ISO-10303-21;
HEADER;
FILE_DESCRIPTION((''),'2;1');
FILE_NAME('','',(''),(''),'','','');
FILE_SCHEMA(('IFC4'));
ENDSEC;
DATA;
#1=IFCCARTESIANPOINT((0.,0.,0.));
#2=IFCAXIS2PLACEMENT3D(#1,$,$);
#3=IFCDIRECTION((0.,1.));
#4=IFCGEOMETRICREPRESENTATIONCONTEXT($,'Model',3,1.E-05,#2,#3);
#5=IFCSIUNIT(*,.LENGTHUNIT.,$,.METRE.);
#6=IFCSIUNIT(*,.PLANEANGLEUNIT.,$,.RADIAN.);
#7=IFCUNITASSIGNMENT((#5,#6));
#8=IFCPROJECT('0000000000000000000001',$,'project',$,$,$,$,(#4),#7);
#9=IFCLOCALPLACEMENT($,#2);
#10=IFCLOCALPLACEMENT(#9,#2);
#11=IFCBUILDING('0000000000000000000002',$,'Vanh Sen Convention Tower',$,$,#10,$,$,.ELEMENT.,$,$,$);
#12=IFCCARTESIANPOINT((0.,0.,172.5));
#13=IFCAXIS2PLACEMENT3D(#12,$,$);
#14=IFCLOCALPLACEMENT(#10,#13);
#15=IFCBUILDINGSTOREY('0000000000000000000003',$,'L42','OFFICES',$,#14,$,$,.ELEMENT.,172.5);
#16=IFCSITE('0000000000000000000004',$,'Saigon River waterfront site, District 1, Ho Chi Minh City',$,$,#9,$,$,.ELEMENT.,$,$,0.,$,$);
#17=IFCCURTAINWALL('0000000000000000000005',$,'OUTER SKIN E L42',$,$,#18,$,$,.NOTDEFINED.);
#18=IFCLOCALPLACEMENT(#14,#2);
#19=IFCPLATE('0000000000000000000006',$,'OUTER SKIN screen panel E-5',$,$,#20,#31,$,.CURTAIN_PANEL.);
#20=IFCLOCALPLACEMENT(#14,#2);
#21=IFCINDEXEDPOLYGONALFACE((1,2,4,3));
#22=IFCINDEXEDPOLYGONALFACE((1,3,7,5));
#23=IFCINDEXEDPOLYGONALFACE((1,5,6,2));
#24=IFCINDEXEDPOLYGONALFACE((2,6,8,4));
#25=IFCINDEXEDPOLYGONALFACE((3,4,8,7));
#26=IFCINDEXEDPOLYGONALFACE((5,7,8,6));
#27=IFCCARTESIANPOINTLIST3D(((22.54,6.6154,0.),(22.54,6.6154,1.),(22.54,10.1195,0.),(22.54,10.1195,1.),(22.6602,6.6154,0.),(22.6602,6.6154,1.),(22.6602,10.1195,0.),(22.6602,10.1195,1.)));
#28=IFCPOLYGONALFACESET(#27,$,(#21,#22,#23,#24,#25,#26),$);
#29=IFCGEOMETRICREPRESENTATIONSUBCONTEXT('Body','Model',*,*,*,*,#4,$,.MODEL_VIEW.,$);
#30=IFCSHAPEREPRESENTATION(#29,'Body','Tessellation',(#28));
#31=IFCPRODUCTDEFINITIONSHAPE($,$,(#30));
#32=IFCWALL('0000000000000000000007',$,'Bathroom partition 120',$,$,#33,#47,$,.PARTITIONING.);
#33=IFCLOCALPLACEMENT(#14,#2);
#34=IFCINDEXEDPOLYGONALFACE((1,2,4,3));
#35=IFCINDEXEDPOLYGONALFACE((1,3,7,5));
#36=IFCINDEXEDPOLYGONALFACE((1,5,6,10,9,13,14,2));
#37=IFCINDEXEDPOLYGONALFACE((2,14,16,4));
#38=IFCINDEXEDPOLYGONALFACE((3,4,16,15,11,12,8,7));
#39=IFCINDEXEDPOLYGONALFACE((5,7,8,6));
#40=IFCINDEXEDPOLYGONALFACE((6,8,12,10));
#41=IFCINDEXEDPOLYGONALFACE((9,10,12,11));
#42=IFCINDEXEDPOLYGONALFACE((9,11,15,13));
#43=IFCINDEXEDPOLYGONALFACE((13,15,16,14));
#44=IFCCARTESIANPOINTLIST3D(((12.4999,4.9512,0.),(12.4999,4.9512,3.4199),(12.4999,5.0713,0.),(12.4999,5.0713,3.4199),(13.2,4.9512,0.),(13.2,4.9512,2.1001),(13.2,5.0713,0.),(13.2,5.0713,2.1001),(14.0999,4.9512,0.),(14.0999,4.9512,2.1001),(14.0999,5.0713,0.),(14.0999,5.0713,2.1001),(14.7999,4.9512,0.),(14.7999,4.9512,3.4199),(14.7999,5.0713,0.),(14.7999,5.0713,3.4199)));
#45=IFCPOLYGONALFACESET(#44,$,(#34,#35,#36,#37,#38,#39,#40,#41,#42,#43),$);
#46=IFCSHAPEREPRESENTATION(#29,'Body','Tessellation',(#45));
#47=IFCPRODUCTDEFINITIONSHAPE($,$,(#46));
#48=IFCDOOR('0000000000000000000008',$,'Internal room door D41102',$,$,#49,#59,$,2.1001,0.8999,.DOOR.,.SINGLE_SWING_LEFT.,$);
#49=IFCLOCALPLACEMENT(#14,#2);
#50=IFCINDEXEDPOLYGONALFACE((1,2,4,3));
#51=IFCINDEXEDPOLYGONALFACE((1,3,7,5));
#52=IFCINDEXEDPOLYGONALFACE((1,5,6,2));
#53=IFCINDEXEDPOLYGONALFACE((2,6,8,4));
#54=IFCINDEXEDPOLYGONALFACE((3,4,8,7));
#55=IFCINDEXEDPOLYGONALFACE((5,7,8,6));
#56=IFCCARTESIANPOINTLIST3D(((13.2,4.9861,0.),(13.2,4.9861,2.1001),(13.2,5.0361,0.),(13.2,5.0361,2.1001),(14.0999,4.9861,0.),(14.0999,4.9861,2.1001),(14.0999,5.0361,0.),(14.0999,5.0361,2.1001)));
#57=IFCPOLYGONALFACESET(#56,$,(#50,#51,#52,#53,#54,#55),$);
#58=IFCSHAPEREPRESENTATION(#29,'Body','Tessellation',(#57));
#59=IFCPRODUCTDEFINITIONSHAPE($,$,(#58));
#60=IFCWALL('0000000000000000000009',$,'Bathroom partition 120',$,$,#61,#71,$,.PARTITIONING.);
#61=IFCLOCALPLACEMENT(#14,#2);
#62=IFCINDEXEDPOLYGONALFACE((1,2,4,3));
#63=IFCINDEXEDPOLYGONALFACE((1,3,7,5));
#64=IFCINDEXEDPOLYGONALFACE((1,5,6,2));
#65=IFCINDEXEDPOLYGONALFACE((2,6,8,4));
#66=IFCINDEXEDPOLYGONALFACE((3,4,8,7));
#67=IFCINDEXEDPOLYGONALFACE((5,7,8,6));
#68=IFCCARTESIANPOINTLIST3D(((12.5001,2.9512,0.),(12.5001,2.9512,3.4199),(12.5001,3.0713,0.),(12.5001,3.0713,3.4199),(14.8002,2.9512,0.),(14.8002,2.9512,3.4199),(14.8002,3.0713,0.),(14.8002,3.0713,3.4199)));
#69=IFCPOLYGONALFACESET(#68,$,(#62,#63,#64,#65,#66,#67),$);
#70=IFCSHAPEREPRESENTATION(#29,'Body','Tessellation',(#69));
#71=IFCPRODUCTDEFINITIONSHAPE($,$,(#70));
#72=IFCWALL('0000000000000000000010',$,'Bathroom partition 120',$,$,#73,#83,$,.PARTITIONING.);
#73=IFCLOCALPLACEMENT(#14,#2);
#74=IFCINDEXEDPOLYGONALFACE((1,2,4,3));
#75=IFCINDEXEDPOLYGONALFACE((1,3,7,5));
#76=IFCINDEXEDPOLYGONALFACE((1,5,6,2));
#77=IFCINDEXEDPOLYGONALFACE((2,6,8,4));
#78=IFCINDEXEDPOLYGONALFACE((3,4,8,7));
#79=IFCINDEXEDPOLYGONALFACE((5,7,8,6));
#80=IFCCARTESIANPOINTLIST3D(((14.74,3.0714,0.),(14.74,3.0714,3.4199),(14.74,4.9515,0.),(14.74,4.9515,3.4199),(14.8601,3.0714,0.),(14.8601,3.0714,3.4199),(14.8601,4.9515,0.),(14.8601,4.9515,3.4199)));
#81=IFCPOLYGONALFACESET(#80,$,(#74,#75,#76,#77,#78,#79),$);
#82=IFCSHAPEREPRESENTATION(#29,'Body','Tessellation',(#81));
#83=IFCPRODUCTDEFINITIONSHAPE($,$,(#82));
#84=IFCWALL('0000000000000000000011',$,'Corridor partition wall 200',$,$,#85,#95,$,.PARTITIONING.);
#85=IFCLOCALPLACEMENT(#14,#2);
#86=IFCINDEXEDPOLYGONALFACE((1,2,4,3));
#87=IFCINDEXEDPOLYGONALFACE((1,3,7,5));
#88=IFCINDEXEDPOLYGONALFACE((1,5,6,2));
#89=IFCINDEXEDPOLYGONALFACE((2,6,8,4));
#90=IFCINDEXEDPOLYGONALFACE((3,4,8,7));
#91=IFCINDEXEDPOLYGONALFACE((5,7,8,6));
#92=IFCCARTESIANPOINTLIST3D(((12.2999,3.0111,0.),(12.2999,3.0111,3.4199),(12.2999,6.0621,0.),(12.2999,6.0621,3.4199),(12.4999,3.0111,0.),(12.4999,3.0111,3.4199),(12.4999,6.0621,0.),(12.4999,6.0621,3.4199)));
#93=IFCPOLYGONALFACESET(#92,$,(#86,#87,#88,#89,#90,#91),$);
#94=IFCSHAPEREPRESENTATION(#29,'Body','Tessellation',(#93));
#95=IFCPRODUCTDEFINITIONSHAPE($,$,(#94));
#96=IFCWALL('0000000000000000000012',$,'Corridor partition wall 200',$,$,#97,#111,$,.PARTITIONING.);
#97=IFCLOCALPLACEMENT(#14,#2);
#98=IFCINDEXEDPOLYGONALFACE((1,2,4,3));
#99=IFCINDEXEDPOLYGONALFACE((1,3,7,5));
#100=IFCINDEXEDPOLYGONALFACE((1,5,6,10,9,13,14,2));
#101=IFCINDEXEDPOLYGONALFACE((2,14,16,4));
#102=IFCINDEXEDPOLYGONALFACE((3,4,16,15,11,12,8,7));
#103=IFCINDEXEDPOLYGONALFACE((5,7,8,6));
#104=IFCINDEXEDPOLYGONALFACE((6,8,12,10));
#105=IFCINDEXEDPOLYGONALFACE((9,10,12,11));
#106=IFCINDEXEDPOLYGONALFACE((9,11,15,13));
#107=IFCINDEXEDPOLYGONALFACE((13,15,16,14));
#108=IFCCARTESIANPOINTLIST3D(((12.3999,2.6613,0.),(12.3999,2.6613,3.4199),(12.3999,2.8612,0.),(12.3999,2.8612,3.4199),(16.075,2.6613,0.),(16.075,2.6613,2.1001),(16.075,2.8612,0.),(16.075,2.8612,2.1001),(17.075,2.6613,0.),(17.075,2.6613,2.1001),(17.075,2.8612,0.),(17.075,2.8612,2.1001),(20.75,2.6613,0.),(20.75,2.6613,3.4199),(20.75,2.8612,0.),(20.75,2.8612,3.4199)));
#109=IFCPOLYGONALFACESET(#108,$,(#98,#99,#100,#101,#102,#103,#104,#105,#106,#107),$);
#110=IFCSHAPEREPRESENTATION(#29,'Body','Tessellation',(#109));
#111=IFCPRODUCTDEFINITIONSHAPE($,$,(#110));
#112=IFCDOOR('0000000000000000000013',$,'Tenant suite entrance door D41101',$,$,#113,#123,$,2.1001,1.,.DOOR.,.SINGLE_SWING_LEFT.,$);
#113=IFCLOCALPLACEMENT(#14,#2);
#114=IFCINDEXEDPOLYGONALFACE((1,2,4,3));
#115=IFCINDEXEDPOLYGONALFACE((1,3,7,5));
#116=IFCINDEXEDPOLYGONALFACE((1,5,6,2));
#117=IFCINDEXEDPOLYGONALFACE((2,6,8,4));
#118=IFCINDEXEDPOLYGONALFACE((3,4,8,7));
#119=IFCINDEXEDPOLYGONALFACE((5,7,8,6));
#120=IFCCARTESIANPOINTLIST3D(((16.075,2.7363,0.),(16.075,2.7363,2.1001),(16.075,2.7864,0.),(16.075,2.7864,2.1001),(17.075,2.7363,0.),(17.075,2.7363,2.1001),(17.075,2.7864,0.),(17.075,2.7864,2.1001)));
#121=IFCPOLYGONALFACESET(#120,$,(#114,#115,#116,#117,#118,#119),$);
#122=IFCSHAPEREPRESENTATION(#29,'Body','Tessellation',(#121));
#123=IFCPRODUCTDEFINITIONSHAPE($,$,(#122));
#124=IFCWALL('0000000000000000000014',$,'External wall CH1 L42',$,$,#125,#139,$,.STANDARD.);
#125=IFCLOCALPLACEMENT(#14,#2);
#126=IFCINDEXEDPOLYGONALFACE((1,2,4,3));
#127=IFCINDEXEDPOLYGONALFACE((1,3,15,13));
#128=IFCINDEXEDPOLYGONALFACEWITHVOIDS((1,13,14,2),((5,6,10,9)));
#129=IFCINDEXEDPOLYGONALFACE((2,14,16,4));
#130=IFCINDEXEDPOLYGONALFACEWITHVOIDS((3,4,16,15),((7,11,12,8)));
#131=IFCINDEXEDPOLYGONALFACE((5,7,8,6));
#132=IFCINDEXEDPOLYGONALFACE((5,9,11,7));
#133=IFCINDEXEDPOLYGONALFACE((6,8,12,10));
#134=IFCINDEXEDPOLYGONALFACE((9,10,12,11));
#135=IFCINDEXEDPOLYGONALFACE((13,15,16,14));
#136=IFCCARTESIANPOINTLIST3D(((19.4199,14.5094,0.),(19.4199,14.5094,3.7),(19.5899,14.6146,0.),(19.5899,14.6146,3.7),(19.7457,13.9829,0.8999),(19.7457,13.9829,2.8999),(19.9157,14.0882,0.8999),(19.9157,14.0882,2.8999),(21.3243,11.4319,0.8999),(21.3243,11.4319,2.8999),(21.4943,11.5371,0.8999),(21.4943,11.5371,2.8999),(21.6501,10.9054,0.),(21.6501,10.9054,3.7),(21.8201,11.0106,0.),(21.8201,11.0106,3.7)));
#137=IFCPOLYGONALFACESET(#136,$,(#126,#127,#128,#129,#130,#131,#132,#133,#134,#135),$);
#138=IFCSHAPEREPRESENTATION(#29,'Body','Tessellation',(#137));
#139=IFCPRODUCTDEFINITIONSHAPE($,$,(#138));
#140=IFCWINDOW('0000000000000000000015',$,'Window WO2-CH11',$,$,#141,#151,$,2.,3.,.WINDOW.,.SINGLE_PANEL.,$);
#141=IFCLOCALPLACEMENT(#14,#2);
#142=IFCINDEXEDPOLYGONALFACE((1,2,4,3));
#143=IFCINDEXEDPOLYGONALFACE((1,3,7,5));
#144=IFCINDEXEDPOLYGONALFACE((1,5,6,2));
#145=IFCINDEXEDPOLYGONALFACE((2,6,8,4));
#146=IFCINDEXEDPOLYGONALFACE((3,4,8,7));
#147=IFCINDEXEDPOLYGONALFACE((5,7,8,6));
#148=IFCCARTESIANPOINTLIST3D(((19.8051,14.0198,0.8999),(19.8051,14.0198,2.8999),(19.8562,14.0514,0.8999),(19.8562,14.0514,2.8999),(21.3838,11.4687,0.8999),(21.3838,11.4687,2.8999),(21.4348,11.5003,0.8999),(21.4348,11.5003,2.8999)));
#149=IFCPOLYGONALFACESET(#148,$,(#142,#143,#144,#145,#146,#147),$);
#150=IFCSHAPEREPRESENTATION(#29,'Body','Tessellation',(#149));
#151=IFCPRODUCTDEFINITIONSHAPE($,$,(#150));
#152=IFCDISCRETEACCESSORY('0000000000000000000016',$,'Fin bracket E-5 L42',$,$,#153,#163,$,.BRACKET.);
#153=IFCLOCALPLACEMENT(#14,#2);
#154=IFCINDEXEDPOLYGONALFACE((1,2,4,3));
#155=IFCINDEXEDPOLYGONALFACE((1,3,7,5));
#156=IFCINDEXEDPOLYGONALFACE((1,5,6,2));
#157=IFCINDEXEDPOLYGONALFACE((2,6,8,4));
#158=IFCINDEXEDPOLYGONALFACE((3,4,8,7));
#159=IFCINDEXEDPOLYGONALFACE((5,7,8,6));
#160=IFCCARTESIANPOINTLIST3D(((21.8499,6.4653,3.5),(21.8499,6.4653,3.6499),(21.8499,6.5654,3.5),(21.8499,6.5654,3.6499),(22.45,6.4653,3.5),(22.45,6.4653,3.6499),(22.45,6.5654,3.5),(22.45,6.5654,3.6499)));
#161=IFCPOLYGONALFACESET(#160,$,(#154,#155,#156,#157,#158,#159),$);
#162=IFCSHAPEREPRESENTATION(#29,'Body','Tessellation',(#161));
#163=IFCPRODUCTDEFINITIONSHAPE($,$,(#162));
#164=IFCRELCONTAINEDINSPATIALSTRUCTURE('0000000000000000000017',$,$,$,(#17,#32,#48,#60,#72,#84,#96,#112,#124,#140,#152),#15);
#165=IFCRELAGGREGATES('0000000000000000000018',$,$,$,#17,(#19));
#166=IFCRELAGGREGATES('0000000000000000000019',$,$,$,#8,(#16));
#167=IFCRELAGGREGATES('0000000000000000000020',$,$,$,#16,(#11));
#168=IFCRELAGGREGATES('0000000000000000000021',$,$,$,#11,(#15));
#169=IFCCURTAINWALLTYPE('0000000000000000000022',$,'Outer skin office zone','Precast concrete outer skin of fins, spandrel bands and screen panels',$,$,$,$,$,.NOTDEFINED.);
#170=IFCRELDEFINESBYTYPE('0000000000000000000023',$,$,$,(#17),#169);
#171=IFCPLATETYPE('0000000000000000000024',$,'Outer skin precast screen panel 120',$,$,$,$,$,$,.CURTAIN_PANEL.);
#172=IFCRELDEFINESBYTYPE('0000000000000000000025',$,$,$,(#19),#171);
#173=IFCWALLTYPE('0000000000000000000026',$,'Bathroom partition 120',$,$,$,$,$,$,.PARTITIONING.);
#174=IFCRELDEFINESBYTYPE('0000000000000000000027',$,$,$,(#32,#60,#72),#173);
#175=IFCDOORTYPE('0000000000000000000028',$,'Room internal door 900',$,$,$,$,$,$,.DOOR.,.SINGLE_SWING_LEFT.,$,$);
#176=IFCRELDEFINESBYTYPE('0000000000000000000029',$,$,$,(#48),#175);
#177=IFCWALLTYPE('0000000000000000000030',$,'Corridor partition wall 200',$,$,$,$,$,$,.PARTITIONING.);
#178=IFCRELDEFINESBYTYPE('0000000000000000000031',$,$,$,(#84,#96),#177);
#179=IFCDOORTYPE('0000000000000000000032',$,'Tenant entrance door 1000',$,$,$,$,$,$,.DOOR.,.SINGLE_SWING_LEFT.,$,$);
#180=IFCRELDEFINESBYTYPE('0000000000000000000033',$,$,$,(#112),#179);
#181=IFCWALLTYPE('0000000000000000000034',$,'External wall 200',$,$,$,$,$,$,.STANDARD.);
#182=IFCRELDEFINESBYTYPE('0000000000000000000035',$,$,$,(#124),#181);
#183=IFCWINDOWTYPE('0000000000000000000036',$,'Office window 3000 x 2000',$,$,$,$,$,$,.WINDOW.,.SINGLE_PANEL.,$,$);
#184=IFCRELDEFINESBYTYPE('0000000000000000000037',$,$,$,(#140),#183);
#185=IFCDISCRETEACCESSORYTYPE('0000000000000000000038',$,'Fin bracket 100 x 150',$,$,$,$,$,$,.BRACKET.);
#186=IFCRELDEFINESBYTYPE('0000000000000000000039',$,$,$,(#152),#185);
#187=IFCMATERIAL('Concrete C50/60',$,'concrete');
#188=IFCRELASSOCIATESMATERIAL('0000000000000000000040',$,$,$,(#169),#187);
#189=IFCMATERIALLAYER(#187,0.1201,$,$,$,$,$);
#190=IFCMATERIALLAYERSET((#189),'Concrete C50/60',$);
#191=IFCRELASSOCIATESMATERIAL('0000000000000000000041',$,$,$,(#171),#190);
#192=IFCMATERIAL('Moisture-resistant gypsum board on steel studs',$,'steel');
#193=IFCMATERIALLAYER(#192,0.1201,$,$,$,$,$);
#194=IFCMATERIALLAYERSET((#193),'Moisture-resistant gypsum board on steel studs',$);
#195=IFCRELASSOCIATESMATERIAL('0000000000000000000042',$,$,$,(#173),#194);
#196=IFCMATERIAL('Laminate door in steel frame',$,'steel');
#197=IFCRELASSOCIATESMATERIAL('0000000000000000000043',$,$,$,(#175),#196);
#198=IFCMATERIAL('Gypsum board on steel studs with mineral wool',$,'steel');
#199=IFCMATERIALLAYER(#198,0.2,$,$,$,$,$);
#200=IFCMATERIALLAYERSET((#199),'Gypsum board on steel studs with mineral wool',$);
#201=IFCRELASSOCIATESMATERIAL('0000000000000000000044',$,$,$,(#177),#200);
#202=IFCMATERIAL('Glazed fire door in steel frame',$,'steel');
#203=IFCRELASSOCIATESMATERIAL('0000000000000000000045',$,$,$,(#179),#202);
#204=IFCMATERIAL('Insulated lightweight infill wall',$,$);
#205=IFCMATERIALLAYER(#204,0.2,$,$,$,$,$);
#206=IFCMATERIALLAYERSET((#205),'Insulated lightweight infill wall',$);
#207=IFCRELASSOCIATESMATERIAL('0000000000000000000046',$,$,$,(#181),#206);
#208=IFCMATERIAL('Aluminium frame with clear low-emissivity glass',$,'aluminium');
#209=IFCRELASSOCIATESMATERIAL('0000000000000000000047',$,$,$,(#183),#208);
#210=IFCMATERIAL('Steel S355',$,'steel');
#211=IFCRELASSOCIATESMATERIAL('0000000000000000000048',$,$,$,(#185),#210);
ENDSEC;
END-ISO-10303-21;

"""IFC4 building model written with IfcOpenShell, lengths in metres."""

from ifc_helpers import new_model, si_unit, direction, frame, frame_2d, origin, origin_2d, place, context, subcontext, project, spatial, rectangle, extrude, material, layer, layer_set, type_object, element, fill, aggregate, save


model = new_model("IFC4")

# Units and contexts
model_context = context("Model", 3, precision=1e-05, world=origin(), true_north=direction((0.0, 1.0)))
body_context = subcontext(model_context, "Body", "Model", "MODEL_VIEW")
ifc_project = project(units=[si_unit("LENGTHUNIT", "METRE"), si_unit("PLANEANGLEUNIT", "RADIAN")], contexts=[model_context])

# Site, building, storey
site_placement = place(None, origin())
site = spatial("IfcSite", under=ifc_project, at=site_placement, Name="Saigon River waterfront site, District 1, Ho Chi Minh City", CompositionType="ELEMENT", RefElevation=0.0)
building_placement = place(site_placement, origin())
building = spatial("IfcBuilding", under=site, at=building_placement, Name="Vanh Sen Convention Tower", CompositionType="ELEMENT")
storey_placement = place(building_placement, frame((0.0, 0.0, 172.5)))
storey = spatial("IfcBuildingStorey", under=building, at=storey_placement, Name="L42", Description="OFFICES", CompositionType="ELEMENT", Elevation=172.5)

# Curtain wall
ifc_material_1 = material(Name="Concrete C50/60", Category="concrete")
curtain_wall_type = type_object("IfcCurtainWallType", Name="Outer skin office zone", Description="Precast concrete outer skin of fins, spandrel bands and screen panels", PredefinedType="NOTDEFINED", material=ifc_material_1)
curtain_wall_1_placement = place(storey_placement, origin())
curtain_wall_1 = element("IfcCurtainWall", 1, at=curtain_wall_1_placement, inside=storey, type_object=curtain_wall_type, Name="OUTER SKIN E L42", PredefinedType="NOTDEFINED")

# Plate
ifc_layer_1 = layer(ifc_material_1, 0.1201)
ifc_layer_set_1 = layer_set([ifc_layer_1], Name="Concrete C50/60")
plate_type = type_object("IfcPlateType", Name="Outer skin precast screen panel 120", PredefinedType="CURTAIN_PANEL", material=ifc_layer_set_1)
plate_1_placement = place(storey_placement, frame((22.6001, 8.3674, 0.0), z_axis=(0.0, 0.0, 1.0), x_axis=(0.0, 1.0, 0.0)))
plate_1 = element("IfcPlate", 2, at=plate_1_placement, type_object=plate_type, Name="OUTER SKIN screen panel E-5", PredefinedType="CURTAIN_PANEL", context=body_context, shape_type="SweptSolid", body=[
    extrude(rectangle(XDim=3.5042, YDim=0.1201, at=origin_2d()), origin(), (0.0, 0.0, 1.0), 1.0),
])
aggregate(curtain_wall_1, [plate_1])

# Wall, opening, door
ifc_material_2 = material(Name="Moisture-resistant gypsum board on steel studs", Category="steel")
ifc_layer_2 = layer(ifc_material_2, 0.1201)
ifc_layer_set_2 = layer_set([ifc_layer_2], Name="Moisture-resistant gypsum board on steel studs")
wall_type_1 = type_object("IfcWallType", Name="Bathroom partition 120", PredefinedType="PARTITIONING", material=ifc_layer_set_2)
wall_1_placement = place(storey_placement, frame((12.5, 5.0112, 0.0), z_axis=(0.0, 0.0, 1.0), x_axis=(1.0, 0.0, 0.0)))
wall_1 = element("IfcWall", 3, at=wall_1_placement, inside=storey, type_object=wall_type_1, Name="Bathroom partition 120", PredefinedType="PARTITIONING", context=body_context, shape_type="SweptSolid", body=[
    extrude(rectangle(XDim=2.3, YDim=0.1201, at=frame_2d((1.1499, 0.0))), origin(), (0.0, 0.0, 1.0), 3.4199),
])
opening_1_placement = place(wall_1_placement, frame((0.7, 0.0, 0.0)))
opening_1 = element("IfcOpeningElement", 4, at=opening_1_placement, cuts=wall_1, PredefinedType="OPENING", context=body_context, shape_type="SweptSolid", body=[
    extrude(rectangle(XDim=0.8999, YDim=2.1001, at=frame_2d((0.45, 1.05))), frame((0.0, 0.0701, 0.0), z_axis=(0.0, -1.0, 0.0), x_axis=(1.0, 0.0, 0.0)), (0.0, 0.0, 1.0), 0.1401),
])
ifc_material_3 = material(Name="Laminate door in steel frame", Category="steel")
door_type_1 = type_object("IfcDoorType", Name="Room internal door 900", OperationType="SINGLE_SWING_LEFT", PredefinedType="DOOR", material=ifc_material_3)
door_1_placement = place(opening_1_placement, origin())
door_1 = element("IfcDoor", 5, at=door_1_placement, inside=storey, type_object=door_type_1, Name="Internal room door D41102", OperationType="SINGLE_SWING_LEFT", OverallHeight=2.1001, OverallWidth=0.8999, PredefinedType="DOOR", context=body_context, shape_type="SweptSolid", body=[
    extrude(rectangle(XDim=0.8999, YDim=2.1001, at=frame_2d((0.45, 1.05))), frame((0.0, 0.0249, 0.0), z_axis=(0.0, -1.0, 0.0), x_axis=(1.0, 0.0, 0.0)), (0.0, 0.0, 1.0), 0.05),
])
fill(opening_1, door_1)

# Walls
wall_2_placement = place(storey_placement, frame((14.8, 3.0112, 0.0), z_axis=(0.0, 0.0, 1.0), x_axis=(-1.0, 0.0, 0.0)))
element("IfcWall", 6, at=wall_2_placement, inside=storey, type_object=wall_type_1, Name="Bathroom partition 120", PredefinedType="PARTITIONING", context=body_context, shape_type="SweptSolid", body=[
    extrude(rectangle(XDim=2.3, YDim=0.1201, at=frame_2d((1.1499, 0.0))), origin(), (0.0, 0.0, 1.0), 3.4199),
])
wall_3_placement = place(storey_placement, frame((14.8, 4.9514, 0.0), z_axis=(0.0, 0.0, 1.0), x_axis=(0.0, -1.0, 0.0)))
element("IfcWall", 7, at=wall_3_placement, inside=storey, type_object=wall_type_1, Name="Bathroom partition 120", PredefinedType="PARTITIONING", context=body_context, shape_type="SweptSolid", body=[
    extrude(rectangle(XDim=1.8801, YDim=0.1201, at=frame_2d((0.9399, 0.0))), origin(), (0.0, 0.0, 1.0), 3.4199),
])
ifc_material_4 = material(Name="Gypsum board on steel studs with mineral wool", Category="steel")
ifc_layer_3 = layer(ifc_material_4, 0.2)
ifc_layer_set_3 = layer_set([ifc_layer_3], Name="Gypsum board on steel studs with mineral wool")
wall_type_2 = type_object("IfcWallType", Name="Corridor partition wall 200", PredefinedType="PARTITIONING", material=ifc_layer_set_3)
wall_4_placement = place(storey_placement, frame((12.3999, 3.0112, 0.0), z_axis=(0.0, 0.0, 1.0), x_axis=(0.0, 1.0, 0.0)))
element("IfcWall", 8, at=wall_4_placement, inside=storey, type_object=wall_type_2, Name="Corridor partition wall 200", PredefinedType="PARTITIONING", context=body_context, shape_type="SweptSolid", body=[
    extrude(rectangle(XDim=3.051, YDim=0.2, at=frame_2d((1.5254, 0.0))), origin(), (0.0, 0.0, 1.0), 3.4199),
])

# Wall, opening, door
wall_5_placement = place(storey_placement, frame((20.75, 2.7612, 0.0), z_axis=(0.0, 0.0, 1.0), x_axis=(-1.0, 0.0, 0.0)))
wall_5 = element("IfcWall", 9, at=wall_5_placement, inside=storey, type_object=wall_type_2, Name="Corridor partition wall 200", PredefinedType="PARTITIONING", context=body_context, shape_type="SweptSolid", body=[
    extrude(rectangle(XDim=8.3501, YDim=0.2, at=frame_2d((4.175, 0.0))), origin(), (0.0, 0.0, 1.0), 3.4199),
])
opening_2_placement = place(wall_5_placement, frame((3.675, 0.0, 0.0)))
opening_2 = element("IfcOpeningElement", 10, at=opening_2_placement, cuts=wall_5, PredefinedType="OPENING", context=body_context, shape_type="SweptSolid", body=[
    extrude(rectangle(XDim=1.0, YDim=2.1001, at=frame_2d((0.5, 1.05))), frame((0.0, 0.1099, 0.0), z_axis=(0.0, -1.0, 0.0), x_axis=(1.0, 0.0, 0.0)), (0.0, 0.0, 1.0), 0.22),
])
ifc_material_5 = material(Name="Glazed fire door in steel frame", Category="steel")
door_type_2 = type_object("IfcDoorType", Name="Tenant entrance door 1000", OperationType="SINGLE_SWING_LEFT", PredefinedType="DOOR", material=ifc_material_5)
door_2_placement = place(opening_2_placement, origin())
door_2 = element("IfcDoor", 11, at=door_2_placement, inside=storey, type_object=door_type_2, Name="Tenant suite entrance door D41101", OperationType="SINGLE_SWING_LEFT", OverallHeight=2.1001, OverallWidth=1.0, PredefinedType="DOOR", context=body_context, shape_type="SweptSolid", body=[
    extrude(rectangle(XDim=1.0, YDim=2.1001, at=frame_2d((0.5, 1.05))), frame((0.0, 0.0249, 0.0), z_axis=(0.0, -1.0, 0.0), x_axis=(1.0, 0.0, 0.0)), (0.0, 0.0, 1.0), 0.05),
])
fill(opening_2, door_2)

# Wall, opening, window
ifc_material_6 = material(Name="Insulated lightweight infill wall")
ifc_layer_4 = layer(ifc_material_6, 0.2)
ifc_layer_set_4 = layer_set([ifc_layer_4], Name="Insulated lightweight infill wall")
wall_type_3 = type_object("IfcWallType", Name="External wall 200", PredefinedType="STANDARD", material=ifc_layer_set_4)
wall_6_placement = place(storey_placement, frame((21.7351, 10.958, 0.0), z_axis=(0.0, 0.0, 1.0), x_axis=(-0.526214, 0.850352, 0.0)))
wall_6 = element("IfcWall", 12, at=wall_6_placement, inside=storey, type_object=wall_type_3, Name="External wall CH1 L42", PredefinedType="STANDARD", context=body_context, shape_type="SweptSolid", body=[
    extrude(rectangle(XDim=4.2383, YDim=0.2, at=frame_2d((2.1191, 0.0))), origin(), (0.0, 0.0, 1.0), 3.7),
])
opening_3_placement = place(wall_6_placement, frame((0.6191, 0.0, 0.8999)))
opening_3 = element("IfcOpeningElement", 13, at=opening_3_placement, cuts=wall_6, PredefinedType="OPENING", context=body_context, shape_type="SweptSolid", body=[
    extrude(rectangle(XDim=3.0, YDim=2.0, at=frame_2d((1.5, 1.0))), frame((0.0, 0.1099, 0.0), z_axis=(0.0, -1.0, 0.0), x_axis=(1.0, 0.0, 0.0)), (0.0, 0.0, 1.0), 0.22),
])
ifc_material_7 = material(Name="Aluminium frame with clear low-emissivity glass", Category="aluminium")
window_type = type_object("IfcWindowType", Name="Office window 3000 x 2000", PartitioningType="SINGLE_PANEL", PredefinedType="WINDOW", material=ifc_material_7)
window_placement = place(opening_3_placement, origin())
window = element("IfcWindow", 14, at=window_placement, inside=storey, type_object=window_type, Name="Window WO2-CH11", OverallHeight=2.0, OverallWidth=3.0, PartitioningType="SINGLE_PANEL", PredefinedType="WINDOW", context=body_context, shape_type="SweptSolid", body=[
    extrude(rectangle(XDim=3.0, YDim=2.0, at=frame_2d((1.5, 1.0))), frame((0.0, 0.03, 0.0), z_axis=(0.0, -1.0, 0.0), x_axis=(1.0, 0.0, 0.0)), (0.0, 0.0, 1.0), 0.0601),
])
fill(opening_3, window)

# Discrete accessory
ifc_material_8 = material(Name="Steel S355", Category="steel")
discrete_accessory_type = type_object("IfcDiscreteAccessoryType", Name="Fin bracket 100 x 150", PredefinedType="BRACKET", material=ifc_material_8)
discrete_accessory_placement = place(storey_placement, frame((22.1499, 6.5154, 3.5), z_axis=(0.0, 0.0, 1.0), x_axis=(1.0, 0.0, 0.0)))
element("IfcDiscreteAccessory", 15, at=discrete_accessory_placement, inside=storey, type_object=discrete_accessory_type, Name="Fin bracket E-5 L42", PredefinedType="BRACKET", context=body_context, shape_type="SweptSolid", body=[
    extrude(rectangle(XDim=0.6001, YDim=0.1001, at=origin_2d()), origin(), (0.0, 0.0, 1.0), 0.1499),
])

save(model, "model.ifc")
